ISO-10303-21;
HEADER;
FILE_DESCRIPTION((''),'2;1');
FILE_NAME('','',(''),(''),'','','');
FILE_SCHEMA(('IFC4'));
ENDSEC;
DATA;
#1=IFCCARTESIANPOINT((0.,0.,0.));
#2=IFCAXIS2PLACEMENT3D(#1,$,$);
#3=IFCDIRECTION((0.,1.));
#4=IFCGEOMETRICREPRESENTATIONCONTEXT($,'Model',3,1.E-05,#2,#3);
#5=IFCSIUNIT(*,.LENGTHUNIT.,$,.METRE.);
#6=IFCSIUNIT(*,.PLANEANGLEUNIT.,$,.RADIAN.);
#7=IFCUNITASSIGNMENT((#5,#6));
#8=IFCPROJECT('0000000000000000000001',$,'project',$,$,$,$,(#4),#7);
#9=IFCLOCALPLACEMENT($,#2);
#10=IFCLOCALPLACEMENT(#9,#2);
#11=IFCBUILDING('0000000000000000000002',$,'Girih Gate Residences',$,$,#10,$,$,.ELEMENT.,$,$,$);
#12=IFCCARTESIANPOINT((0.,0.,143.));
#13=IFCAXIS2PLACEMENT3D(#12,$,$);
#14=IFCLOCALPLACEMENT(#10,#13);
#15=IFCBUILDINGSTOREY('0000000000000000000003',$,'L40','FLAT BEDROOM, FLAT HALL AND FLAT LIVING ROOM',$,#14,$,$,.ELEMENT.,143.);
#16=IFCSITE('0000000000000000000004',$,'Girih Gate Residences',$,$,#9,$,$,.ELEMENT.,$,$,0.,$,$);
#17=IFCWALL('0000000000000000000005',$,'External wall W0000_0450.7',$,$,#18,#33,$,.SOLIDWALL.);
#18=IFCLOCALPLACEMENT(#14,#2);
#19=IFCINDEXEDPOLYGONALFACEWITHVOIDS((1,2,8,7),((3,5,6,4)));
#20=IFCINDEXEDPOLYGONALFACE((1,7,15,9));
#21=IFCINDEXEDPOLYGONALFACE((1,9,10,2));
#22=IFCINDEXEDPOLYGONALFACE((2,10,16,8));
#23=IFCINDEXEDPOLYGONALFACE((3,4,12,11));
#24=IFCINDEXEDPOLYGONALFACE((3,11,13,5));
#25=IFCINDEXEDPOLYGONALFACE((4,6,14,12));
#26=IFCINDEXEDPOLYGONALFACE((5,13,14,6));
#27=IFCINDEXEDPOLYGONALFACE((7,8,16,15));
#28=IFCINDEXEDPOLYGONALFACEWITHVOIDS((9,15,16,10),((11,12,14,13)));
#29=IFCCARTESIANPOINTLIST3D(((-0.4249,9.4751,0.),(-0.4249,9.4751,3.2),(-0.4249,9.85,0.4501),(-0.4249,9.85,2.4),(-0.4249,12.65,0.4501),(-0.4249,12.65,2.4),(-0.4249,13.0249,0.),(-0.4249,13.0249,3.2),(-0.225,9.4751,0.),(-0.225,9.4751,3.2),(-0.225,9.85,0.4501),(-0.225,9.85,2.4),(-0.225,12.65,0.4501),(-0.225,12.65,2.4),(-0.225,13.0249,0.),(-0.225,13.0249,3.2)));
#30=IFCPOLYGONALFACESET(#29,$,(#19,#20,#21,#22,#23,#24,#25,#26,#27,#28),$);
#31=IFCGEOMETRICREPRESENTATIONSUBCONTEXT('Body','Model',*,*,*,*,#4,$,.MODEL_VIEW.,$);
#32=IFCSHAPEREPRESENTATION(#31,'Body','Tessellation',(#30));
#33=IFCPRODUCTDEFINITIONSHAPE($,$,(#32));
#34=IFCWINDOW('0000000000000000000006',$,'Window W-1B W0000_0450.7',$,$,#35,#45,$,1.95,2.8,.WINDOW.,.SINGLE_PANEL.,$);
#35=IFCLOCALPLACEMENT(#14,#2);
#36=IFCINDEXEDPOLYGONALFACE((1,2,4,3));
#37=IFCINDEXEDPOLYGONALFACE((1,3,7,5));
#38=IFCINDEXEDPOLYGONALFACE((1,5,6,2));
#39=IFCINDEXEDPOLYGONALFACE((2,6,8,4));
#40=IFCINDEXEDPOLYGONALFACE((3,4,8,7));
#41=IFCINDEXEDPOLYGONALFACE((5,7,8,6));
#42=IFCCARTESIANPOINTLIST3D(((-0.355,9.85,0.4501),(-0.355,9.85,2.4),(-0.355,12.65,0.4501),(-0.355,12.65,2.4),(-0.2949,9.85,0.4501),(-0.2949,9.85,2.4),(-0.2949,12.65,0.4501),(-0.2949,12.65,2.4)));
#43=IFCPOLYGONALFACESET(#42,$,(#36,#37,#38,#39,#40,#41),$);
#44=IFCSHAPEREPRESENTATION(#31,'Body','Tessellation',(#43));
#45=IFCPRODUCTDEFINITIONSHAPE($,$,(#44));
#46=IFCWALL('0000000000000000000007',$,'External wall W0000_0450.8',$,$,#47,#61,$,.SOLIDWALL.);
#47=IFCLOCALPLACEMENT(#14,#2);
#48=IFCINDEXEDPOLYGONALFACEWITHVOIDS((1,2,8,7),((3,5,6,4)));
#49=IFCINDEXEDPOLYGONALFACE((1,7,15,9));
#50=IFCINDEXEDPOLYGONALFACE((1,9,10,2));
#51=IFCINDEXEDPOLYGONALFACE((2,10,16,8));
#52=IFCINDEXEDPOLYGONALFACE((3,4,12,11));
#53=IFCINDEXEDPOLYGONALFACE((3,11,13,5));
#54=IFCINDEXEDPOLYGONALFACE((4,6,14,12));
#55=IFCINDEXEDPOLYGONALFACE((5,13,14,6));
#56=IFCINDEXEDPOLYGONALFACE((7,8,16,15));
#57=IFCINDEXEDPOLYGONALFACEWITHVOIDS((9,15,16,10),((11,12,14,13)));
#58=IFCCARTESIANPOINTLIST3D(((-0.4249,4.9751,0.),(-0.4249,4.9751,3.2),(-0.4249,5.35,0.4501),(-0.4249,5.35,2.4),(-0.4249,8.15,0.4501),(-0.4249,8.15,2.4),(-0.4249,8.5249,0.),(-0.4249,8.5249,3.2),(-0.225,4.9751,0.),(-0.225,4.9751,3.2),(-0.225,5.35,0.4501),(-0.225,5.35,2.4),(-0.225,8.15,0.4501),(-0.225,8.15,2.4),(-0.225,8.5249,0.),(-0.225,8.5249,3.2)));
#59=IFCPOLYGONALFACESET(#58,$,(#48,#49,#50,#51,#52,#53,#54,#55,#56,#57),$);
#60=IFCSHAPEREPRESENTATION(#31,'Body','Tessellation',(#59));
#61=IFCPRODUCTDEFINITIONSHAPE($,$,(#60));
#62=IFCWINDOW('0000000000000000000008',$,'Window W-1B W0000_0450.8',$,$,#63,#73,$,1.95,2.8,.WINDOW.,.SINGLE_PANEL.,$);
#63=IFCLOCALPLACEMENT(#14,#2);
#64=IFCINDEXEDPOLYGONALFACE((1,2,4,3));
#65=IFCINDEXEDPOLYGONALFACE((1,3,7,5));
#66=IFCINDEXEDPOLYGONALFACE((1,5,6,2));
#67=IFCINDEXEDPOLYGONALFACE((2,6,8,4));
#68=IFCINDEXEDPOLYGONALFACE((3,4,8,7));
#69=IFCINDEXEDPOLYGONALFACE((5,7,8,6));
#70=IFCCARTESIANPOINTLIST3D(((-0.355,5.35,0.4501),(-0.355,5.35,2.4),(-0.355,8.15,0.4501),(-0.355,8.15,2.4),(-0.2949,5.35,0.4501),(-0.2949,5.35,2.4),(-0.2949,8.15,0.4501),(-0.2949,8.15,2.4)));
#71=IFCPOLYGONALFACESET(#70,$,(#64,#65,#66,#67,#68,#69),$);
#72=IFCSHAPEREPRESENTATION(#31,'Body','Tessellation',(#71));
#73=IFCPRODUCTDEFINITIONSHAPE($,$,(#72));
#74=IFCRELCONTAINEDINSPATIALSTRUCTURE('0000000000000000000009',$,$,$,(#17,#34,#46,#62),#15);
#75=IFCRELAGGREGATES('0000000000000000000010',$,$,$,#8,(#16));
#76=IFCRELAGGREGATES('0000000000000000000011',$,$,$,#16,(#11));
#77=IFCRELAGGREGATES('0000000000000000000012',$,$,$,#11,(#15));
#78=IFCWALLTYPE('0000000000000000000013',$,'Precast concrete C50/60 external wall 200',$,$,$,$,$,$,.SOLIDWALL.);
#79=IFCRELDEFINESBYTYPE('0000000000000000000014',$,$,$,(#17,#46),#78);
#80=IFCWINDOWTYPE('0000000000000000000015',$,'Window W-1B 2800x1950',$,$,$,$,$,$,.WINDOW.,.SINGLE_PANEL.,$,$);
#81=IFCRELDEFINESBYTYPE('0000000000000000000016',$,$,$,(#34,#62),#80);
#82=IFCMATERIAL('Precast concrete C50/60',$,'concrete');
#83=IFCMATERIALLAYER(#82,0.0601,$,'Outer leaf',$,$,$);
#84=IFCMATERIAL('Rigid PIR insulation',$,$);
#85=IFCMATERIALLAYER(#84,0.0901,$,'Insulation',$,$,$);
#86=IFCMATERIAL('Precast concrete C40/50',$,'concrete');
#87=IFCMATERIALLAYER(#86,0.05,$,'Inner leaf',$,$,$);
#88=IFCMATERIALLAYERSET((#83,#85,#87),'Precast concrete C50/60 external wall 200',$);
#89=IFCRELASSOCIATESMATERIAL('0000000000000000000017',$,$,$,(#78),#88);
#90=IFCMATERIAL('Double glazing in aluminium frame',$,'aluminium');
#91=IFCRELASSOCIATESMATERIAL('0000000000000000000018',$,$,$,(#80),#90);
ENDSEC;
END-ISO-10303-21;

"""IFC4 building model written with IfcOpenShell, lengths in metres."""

from ifc_helpers import new_model, si_unit, direction, frame, frame_2d, origin, place, context, subcontext, project, spatial, rectangle, extrude, material, layer, layer_set, type_object, element, fill, save


model = new_model("IFC4")

# Units and contexts
model_context = context("Model", 3, precision=1e-05, world=origin(), true_north=direction((0.0, 1.0)))
body_context = subcontext(model_context, "Body", "Model", "MODEL_VIEW")
ifc_project = project(units=[si_unit("LENGTHUNIT", "METRE"), si_unit("PLANEANGLEUNIT", "RADIAN")], contexts=[model_context])

# Site, building, storey
site_placement = place(None, origin())
site = spatial("IfcSite", under=ifc_project, at=site_placement, Name="Girih Gate Residences", CompositionType="ELEMENT", RefElevation=0.0)
building_placement = place(site_placement, origin())
building = spatial("IfcBuilding", under=site, at=building_placement, Name="Girih Gate Residences", CompositionType="ELEMENT")
storey_placement = place(building_placement, frame((0.0, 0.0, 143.0)))
storey = spatial("IfcBuildingStorey", under=building, at=storey_placement, Name="L40", Description="FLAT BEDROOM, FLAT HALL AND FLAT LIVING ROOM", CompositionType="ELEMENT", Elevation=143.0)

# Walls, openings, windows
ifc_material_1 = material(Name="Precast concrete C50/60", Category="concrete")
ifc_layer_1 = layer(ifc_material_1, 0.0601, Name="Outer leaf")
ifc_material_2 = material(Name="Rigid PIR insulation")
ifc_layer_2 = layer(ifc_material_2, 0.0901, Name="Insulation")
ifc_material_3 = material(Name="Precast concrete C40/50", Category="concrete")
ifc_layer_3 = layer(ifc_material_3, 0.05, Name="Inner leaf")
ifc_layer_set_1 = layer_set([ifc_layer_1, ifc_layer_2, ifc_layer_3], Name="Precast concrete C50/60 external wall 200")
wall_type_1 = type_object("IfcWallType", Name="Precast concrete C50/60 external wall 200", PredefinedType="SOLIDWALL", material=ifc_layer_set_1)
ifc_material_4 = material(Name="Double glazing in aluminium frame", Category="aluminium")
window_type = type_object("IfcWindowType", Name="Window W-1B 2800x1950", PartitioningType="SINGLE_PANEL", PredefinedType="WINDOW", material=ifc_material_4)
wall_1_placement = place(storey_placement, frame((-0.325, 9.4751, 0.0), z_axis=(0.0, 0.0, 1.0), x_axis=(0.0, 1.0, 0.0)))
wall_1 = element("IfcWall", 1, at=wall_1_placement, inside=storey, type_object=wall_type_1, Name="External wall W0000_0450.7", PredefinedType="SOLIDWALL", context=body_context, shape_type="SweptSolid", body=[
    extrude(rectangle(XDim=3.5498, YDim=0.2, at=frame_2d((1.7749, 0.0))), origin(), (0.0, 0.0, 1.0), 3.2),
])
opening_1_placement = place(wall_1_placement, frame((0.375, 0.0, 0.45)))
opening_1 = element("IfcOpeningElement", 2, at=opening_1_placement, cuts=wall_1, PredefinedType="OPENING", context=body_context, shape_type="SweptSolid", body=[
    extrude(rectangle(XDim=2.8, YDim=1.95, at=frame_2d((1.3999, 0.9751))), frame((0.0, 0.1099, 0.0), z_axis=(0.0, -1.0, 0.0), x_axis=(1.0, 0.0, 0.0)), (0.0, 0.0, 1.0), 0.22),
])
window_1_placement = place(opening_1_placement, origin())
window_1 = element("IfcWindow", 3, at=window_1_placement, inside=storey, type_object=window_type, Name="Window W-1B W0000_0450.7", OverallHeight=1.95, OverallWidth=2.8, PartitioningType="SINGLE_PANEL", PredefinedType="WINDOW", context=body_context, shape_type="SweptSolid", body=[
    extrude(rectangle(XDim=2.8, YDim=1.95, at=frame_2d((1.3999, 0.9751))), frame((0.0, 0.03, 0.0), z_axis=(0.0, -1.0, 0.0), x_axis=(1.0, 0.0, 0.0)), (0.0, 0.0, 1.0), 0.0601),
])
fill(opening_1, window_1)
wall_2_placement = place(storey_placement, frame((-0.325, 4.9751, 0.0), z_axis=(0.0, 0.0, 1.0), x_axis=(0.0, 1.0, 0.0)))
wall_2 = element("IfcWall", 4, at=wall_2_placement, inside=storey, type_object=wall_type_1, Name="External wall W0000_0450.8", PredefinedType="SOLIDWALL", context=body_context, shape_type="SweptSolid", body=[
    extrude(rectangle(XDim=3.5498, YDim=0.2, at=frame_2d((1.7749, 0.0))), origin(), (0.0, 0.0, 1.0), 3.2),
])
opening_2_placement = place(wall_2_placement, frame((0.375, 0.0, 0.45)))
opening_2 = element("IfcOpeningElement", 5, at=opening_2_placement, cuts=wall_2, PredefinedType="OPENING", context=body_context, shape_type="SweptSolid", body=[
    extrude(rectangle(XDim=2.8, YDim=1.95, at=frame_2d((1.3999, 0.9751))), frame((0.0, 0.1099, 0.0), z_axis=(0.0, -1.0, 0.0), x_axis=(1.0, 0.0, 0.0)), (0.0, 0.0, 1.0), 0.22),
])
window_2_placement = place(opening_2_placement, origin())
window_2 = element("IfcWindow", 6, at=window_2_placement, inside=storey, type_object=window_type, Name="Window W-1B W0000_0450.8", OverallHeight=1.95, OverallWidth=2.8, PartitioningType="SINGLE_PANEL", PredefinedType="WINDOW", context=body_context, shape_type="SweptSolid", body=[
    extrude(rectangle(XDim=2.8, YDim=1.95, at=frame_2d((1.3999, 0.9751))), frame((0.0, 0.03, 0.0), z_axis=(0.0, -1.0, 0.0), x_axis=(1.0, 0.0, 0.0)), (0.0, 0.0, 1.0), 0.0601),
])
fill(opening_2, window_2)

save(model, "model.ifc")
